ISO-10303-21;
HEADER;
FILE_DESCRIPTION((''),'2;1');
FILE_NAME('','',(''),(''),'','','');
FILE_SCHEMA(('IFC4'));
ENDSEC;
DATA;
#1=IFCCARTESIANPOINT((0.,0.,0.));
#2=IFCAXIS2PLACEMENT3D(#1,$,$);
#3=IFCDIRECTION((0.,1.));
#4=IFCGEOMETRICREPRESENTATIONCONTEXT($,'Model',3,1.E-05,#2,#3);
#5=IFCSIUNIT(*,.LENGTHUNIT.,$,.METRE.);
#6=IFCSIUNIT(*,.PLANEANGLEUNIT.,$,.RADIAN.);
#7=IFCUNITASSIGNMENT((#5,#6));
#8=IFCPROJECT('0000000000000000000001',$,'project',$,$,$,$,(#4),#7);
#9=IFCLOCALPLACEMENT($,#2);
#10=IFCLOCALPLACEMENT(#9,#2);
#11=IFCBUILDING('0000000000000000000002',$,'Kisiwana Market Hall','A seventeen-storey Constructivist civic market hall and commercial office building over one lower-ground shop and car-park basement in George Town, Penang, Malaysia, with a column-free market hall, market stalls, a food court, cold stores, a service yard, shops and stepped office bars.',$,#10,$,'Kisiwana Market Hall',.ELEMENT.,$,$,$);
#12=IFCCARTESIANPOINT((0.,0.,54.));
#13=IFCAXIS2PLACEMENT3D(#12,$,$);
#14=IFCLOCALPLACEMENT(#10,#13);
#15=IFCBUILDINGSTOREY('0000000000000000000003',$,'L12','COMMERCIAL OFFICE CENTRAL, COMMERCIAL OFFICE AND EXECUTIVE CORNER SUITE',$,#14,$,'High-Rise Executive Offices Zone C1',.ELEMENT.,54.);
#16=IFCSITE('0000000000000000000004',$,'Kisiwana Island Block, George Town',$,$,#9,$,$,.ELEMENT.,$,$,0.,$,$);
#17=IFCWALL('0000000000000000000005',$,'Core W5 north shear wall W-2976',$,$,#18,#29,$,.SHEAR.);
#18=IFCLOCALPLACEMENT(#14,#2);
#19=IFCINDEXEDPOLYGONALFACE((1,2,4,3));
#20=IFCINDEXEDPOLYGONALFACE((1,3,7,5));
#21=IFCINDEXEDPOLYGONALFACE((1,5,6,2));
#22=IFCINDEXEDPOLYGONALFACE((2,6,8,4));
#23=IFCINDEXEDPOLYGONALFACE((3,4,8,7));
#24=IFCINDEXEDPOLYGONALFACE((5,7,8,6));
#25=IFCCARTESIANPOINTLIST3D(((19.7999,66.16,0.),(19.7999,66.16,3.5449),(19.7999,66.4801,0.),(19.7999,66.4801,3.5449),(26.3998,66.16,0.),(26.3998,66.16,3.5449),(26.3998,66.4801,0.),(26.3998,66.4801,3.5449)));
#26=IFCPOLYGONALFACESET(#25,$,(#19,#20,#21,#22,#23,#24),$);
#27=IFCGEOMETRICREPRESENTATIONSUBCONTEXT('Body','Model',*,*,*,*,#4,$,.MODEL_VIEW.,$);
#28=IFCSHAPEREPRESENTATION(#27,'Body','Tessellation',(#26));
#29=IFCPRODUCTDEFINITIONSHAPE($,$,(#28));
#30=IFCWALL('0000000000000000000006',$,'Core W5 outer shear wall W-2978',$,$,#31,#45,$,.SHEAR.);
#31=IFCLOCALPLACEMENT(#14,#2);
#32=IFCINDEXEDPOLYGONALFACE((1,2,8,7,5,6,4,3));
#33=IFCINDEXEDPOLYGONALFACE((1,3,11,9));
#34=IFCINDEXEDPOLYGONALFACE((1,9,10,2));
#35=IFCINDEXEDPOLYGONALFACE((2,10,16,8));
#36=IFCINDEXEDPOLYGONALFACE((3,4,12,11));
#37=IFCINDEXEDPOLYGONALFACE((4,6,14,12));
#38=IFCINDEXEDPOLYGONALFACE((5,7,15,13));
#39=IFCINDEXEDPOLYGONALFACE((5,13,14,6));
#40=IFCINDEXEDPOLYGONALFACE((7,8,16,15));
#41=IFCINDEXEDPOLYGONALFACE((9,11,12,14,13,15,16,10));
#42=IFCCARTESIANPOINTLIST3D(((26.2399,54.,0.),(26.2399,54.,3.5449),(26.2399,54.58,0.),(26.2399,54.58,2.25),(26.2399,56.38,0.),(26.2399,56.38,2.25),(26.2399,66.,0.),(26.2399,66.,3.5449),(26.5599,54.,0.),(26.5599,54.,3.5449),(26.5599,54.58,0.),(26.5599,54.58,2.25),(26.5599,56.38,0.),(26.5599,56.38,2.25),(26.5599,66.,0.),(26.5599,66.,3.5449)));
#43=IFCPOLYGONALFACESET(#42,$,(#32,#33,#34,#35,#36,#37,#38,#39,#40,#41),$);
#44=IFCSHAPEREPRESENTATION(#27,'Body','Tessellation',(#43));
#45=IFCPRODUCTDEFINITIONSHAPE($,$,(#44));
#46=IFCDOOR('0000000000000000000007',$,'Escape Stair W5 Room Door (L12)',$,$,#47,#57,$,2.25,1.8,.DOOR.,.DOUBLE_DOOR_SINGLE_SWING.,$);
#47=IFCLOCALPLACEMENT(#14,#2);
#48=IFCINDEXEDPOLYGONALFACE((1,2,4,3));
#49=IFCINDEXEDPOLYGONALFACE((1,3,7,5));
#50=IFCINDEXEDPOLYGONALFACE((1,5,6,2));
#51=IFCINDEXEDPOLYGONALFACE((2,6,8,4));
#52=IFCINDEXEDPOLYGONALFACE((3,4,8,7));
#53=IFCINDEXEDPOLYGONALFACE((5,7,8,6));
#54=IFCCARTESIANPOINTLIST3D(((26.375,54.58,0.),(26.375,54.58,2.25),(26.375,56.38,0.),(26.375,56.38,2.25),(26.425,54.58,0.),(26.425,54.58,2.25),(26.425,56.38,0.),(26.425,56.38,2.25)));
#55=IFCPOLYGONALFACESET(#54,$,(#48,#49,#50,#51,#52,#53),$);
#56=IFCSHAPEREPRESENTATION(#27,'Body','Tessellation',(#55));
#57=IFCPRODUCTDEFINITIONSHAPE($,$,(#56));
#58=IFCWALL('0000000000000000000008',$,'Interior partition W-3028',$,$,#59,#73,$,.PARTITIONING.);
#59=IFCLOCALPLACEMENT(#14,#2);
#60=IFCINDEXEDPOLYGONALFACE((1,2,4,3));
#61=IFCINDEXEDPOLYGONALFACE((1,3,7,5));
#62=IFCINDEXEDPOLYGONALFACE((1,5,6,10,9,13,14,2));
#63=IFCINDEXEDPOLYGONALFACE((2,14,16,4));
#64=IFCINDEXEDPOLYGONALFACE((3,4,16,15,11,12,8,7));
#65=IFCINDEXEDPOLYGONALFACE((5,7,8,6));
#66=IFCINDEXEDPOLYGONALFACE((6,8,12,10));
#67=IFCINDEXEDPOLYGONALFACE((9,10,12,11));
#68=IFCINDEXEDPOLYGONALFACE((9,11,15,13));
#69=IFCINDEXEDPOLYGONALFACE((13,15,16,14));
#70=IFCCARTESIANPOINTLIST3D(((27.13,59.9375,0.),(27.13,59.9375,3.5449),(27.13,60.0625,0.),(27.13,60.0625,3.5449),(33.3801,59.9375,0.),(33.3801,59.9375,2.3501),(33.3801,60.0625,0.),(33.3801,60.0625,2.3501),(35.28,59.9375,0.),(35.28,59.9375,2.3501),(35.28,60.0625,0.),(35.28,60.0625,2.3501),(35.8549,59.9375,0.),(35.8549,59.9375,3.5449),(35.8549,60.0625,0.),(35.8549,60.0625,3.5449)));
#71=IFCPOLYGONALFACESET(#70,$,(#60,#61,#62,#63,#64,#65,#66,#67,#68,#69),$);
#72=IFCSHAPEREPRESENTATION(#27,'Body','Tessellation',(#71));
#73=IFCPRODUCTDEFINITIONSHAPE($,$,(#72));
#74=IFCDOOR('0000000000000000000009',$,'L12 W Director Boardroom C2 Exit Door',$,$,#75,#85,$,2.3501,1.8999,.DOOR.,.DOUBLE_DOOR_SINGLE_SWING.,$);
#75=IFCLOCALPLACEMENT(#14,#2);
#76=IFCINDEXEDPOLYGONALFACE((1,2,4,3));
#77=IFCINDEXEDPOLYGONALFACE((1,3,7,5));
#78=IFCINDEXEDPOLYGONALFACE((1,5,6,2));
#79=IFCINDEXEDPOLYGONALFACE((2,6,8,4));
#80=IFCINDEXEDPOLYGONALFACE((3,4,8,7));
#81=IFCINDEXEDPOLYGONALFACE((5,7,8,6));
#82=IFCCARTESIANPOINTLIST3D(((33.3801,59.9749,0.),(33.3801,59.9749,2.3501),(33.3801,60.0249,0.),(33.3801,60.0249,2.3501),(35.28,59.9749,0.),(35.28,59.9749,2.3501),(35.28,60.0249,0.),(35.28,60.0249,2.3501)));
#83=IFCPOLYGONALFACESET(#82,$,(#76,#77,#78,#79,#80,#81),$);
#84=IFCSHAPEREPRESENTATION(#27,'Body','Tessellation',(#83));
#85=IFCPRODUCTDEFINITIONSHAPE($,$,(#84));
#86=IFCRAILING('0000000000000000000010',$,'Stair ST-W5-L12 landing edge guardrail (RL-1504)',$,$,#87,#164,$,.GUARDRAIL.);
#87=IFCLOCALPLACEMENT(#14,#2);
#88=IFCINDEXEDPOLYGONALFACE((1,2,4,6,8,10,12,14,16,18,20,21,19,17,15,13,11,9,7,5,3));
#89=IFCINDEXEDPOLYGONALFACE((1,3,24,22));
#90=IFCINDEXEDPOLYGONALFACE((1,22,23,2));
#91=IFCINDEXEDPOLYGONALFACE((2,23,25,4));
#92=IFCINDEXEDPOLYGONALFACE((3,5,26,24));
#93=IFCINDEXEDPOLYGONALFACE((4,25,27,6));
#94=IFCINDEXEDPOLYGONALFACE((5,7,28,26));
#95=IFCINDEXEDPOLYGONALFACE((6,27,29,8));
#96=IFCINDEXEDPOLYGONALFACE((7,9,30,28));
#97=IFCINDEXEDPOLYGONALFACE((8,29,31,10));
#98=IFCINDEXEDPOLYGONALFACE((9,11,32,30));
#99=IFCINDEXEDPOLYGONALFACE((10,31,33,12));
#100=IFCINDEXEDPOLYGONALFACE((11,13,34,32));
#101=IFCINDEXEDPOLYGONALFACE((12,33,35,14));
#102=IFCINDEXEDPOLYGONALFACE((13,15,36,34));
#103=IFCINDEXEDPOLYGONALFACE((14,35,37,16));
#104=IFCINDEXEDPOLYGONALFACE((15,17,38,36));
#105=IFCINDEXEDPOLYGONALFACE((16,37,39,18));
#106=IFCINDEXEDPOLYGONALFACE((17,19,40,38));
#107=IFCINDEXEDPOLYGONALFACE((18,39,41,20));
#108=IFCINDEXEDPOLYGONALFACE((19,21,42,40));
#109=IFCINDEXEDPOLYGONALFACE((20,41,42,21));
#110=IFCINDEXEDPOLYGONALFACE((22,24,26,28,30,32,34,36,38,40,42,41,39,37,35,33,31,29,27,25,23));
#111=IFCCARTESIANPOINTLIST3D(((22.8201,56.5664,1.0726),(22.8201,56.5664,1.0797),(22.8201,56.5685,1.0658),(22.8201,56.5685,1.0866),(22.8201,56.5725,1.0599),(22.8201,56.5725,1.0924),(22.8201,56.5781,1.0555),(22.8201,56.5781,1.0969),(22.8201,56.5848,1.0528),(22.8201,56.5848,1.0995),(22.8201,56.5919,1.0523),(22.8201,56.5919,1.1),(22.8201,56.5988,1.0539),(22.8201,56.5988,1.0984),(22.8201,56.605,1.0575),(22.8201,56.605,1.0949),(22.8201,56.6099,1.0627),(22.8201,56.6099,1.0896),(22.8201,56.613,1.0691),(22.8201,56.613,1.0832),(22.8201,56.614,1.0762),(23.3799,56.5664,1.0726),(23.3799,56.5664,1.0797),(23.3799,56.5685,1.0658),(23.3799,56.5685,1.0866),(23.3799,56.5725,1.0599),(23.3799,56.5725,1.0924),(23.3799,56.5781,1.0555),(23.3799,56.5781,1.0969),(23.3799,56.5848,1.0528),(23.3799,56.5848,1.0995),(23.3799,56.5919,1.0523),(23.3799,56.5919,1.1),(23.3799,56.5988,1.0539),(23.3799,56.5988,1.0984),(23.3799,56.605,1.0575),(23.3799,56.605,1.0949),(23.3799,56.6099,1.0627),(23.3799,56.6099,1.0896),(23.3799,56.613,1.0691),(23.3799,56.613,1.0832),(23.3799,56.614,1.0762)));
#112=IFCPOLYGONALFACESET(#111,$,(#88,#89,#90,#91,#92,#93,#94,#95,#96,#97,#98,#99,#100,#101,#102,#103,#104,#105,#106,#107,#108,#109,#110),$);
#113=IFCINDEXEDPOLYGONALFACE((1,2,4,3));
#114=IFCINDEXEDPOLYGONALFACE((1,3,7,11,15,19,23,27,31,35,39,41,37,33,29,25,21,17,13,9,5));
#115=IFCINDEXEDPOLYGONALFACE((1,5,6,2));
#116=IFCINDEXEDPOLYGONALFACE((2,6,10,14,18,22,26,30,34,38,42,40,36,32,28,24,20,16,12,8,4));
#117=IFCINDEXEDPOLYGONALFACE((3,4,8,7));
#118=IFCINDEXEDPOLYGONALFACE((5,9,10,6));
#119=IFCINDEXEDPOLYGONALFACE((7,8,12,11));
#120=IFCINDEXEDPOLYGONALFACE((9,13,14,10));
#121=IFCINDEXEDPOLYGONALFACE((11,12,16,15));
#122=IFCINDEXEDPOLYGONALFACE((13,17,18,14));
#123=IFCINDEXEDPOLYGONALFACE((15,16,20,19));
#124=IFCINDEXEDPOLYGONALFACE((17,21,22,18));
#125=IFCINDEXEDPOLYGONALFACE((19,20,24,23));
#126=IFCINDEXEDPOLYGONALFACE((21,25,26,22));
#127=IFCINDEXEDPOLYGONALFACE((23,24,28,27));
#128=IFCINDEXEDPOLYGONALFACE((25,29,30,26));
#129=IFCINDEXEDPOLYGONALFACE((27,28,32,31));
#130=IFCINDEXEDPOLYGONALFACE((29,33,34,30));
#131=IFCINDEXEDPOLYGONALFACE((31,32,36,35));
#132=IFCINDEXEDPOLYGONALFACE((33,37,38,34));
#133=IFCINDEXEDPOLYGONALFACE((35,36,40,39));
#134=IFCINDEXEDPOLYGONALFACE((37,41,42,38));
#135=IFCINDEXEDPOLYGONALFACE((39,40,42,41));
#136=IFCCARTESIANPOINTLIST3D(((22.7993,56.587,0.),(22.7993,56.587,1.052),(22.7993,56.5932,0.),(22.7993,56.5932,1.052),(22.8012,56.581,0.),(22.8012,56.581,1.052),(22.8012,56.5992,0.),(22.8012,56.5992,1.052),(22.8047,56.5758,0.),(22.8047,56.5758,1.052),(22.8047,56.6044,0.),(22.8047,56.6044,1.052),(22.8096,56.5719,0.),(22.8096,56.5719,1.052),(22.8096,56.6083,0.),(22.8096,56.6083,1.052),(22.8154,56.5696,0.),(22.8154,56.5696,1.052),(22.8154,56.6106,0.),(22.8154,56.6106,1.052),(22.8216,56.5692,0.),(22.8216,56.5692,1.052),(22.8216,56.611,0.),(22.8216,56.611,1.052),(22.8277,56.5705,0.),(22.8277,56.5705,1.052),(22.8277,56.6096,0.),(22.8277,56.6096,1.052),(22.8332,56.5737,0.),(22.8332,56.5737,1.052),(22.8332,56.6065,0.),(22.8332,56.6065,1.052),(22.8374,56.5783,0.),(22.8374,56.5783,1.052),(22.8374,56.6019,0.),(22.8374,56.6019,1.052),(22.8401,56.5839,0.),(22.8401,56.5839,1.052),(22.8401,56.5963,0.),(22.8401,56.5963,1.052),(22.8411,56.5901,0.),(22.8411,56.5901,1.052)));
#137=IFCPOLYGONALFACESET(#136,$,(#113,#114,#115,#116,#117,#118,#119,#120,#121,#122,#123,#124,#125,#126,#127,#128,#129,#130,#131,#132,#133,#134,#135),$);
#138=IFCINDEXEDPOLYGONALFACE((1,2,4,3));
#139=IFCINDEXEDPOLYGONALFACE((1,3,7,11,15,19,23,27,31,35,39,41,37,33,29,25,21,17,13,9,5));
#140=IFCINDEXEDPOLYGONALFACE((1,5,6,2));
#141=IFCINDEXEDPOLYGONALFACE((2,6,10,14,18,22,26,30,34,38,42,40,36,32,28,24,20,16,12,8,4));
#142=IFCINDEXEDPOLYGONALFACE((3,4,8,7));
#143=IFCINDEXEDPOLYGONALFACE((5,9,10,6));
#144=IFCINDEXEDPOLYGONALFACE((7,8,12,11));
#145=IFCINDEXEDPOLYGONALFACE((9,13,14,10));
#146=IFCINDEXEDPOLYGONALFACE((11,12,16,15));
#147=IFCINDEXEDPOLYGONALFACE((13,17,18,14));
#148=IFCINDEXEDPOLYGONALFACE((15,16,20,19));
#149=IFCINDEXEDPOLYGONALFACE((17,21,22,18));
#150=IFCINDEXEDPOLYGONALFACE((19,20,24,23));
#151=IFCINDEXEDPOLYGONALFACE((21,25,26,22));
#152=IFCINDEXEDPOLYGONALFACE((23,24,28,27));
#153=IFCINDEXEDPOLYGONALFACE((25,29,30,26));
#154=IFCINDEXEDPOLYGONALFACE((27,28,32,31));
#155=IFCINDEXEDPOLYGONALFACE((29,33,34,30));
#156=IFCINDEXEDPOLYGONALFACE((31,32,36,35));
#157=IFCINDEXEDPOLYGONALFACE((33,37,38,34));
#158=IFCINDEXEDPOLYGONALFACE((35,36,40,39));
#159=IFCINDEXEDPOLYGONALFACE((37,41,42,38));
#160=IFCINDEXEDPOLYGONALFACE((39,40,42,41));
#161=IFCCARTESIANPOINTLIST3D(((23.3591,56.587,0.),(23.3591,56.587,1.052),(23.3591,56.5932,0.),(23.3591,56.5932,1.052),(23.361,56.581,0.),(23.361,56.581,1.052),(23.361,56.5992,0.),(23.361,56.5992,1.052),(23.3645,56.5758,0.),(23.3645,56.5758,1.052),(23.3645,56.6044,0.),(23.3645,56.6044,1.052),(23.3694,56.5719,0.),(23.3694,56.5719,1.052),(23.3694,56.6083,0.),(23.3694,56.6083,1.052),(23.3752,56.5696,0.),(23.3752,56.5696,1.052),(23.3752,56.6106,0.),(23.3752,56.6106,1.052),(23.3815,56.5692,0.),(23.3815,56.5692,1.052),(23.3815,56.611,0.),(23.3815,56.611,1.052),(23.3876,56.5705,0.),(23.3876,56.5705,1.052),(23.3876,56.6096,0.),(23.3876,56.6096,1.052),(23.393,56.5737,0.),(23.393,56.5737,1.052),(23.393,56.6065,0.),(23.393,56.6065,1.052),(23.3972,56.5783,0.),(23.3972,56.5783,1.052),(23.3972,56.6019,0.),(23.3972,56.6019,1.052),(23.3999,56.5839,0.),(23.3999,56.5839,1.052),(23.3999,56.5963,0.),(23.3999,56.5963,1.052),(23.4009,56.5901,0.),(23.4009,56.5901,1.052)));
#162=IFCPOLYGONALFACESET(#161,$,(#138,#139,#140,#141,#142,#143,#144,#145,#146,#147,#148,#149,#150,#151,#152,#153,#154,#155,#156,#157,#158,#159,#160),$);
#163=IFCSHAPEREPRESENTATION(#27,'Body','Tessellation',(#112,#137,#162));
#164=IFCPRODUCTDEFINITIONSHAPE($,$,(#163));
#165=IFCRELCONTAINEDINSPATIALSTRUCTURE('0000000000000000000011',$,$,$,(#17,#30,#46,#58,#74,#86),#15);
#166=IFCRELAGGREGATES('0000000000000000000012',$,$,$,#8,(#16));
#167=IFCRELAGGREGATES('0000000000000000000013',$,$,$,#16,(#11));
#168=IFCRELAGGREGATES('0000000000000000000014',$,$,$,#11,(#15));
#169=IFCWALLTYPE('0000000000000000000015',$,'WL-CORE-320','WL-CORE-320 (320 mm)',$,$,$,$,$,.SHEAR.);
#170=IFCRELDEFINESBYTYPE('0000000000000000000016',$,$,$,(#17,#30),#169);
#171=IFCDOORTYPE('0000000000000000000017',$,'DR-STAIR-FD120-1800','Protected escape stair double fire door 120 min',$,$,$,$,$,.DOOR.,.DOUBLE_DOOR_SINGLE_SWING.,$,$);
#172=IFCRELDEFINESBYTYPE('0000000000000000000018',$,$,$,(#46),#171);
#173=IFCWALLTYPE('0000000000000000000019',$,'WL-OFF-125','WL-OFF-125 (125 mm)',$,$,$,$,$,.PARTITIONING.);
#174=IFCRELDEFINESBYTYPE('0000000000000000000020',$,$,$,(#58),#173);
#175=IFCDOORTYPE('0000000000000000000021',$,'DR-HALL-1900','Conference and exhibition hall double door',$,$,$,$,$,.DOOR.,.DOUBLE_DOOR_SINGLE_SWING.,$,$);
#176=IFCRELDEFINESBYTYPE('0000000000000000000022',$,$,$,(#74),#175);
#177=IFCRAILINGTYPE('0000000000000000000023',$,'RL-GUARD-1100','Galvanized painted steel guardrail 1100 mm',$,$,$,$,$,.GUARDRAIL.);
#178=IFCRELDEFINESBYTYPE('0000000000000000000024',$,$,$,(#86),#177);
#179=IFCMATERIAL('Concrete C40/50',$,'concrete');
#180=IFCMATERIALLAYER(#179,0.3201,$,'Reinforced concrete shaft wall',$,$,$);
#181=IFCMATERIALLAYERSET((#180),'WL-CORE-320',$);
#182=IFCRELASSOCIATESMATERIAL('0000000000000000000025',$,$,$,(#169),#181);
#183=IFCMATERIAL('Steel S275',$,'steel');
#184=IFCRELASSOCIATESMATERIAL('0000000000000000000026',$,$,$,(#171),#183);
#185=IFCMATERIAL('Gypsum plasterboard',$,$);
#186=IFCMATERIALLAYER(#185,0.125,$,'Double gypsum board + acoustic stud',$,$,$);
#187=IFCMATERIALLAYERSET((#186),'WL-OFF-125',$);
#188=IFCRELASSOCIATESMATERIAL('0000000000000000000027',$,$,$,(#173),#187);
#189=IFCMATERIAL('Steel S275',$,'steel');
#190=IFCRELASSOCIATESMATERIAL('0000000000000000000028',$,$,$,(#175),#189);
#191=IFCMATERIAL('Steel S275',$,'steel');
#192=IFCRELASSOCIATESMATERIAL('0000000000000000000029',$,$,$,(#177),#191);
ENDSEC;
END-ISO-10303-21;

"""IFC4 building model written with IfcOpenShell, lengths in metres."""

from ifc_helpers import new_model, si_unit, direction, frame, frame_2d, origin, origin_2d, place, context, subcontext, project, spatial, rectangle, circle, extrude, material, layer, layer_set, type_object, element, fill, save


model = new_model("IFC4")

# Units and contexts
model_context = context("Model", 3, precision=1e-05, world=origin(), true_north=direction((0.0, 1.0)))
body_context = subcontext(model_context, "Body", "Model", "MODEL_VIEW")
ifc_project = project(units=[si_unit("LENGTHUNIT", "METRE"), si_unit("PLANEANGLEUNIT", "RADIAN")], contexts=[model_context])

# Site, building, storey
site_placement = place(None, origin())
site = spatial("IfcSite", under=ifc_project, at=site_placement, Name="Kisiwana Island Block, George Town", CompositionType="ELEMENT", RefElevation=0.0)
building_placement = place(site_placement, origin())
building = spatial("IfcBuilding", under=site, at=building_placement, Name="Kisiwana Market Hall", Description="A seventeen-storey Constructivist civic market hall and commercial office building over one lower-ground shop and car-park basement in George Town, Penang, Malaysia, with a column-free market hall, market stalls, a food court, cold stores, a service yard, shops and stepped office bars.", LongName="Kisiwana Market Hall", CompositionType="ELEMENT")
storey_placement = place(building_placement, frame((0.0, 0.0, 54.0)))
storey = spatial("IfcBuildingStorey", under=building, at=storey_placement, Name="L12", Description="COMMERCIAL OFFICE CENTRAL, COMMERCIAL OFFICE AND EXECUTIVE CORNER SUITE", LongName="High-Rise Executive Offices Zone C1", CompositionType="ELEMENT", Elevation=54.0)

# Shared definitions
ifc_material_1 = material(Name="Concrete C40/50", Category="concrete")
ifc_layer_1 = layer(ifc_material_1, 0.3201, Name="Reinforced concrete shaft wall")
ifc_layer_set_1 = layer_set([ifc_layer_1], Name="WL-CORE-320")
wall_type_1 = type_object("IfcWallType", Name="WL-CORE-320", Description="WL-CORE-320 (320 mm)", PredefinedType="SHEAR", material=ifc_layer_set_1)

# Wall
wall_1_placement = place(storey_placement, frame((19.8, 66.3201, 0.0), z_axis=(0.0, 0.0, 1.0), x_axis=(1.0, 0.0, 0.0)))
element("IfcWall", 1, at=wall_1_placement, inside=storey, type_object=wall_type_1, Name="Core W5 north shear wall W-2976", PredefinedType="SHEAR", context=body_context, shape_type="SweptSolid", body=[
    extrude(rectangle(XDim=6.5999, YDim=0.3201, at=frame_2d((3.2998, 0.0))), origin(), (0.0, 0.0, 1.0), 3.5449),
])

# Walls, openings, doors
wall_2_placement = place(storey_placement, frame((26.3999, 54.0, 0.0), z_axis=(0.0, 0.0, 1.0), x_axis=(0.0, 1.0, 0.0)))
wall_2 = element("IfcWall", 2, at=wall_2_placement, inside=storey, type_object=wall_type_1, Name="Core W5 outer shear wall W-2978", PredefinedType="SHEAR", context=body_context, shape_type="SweptSolid", body=[
    extrude(rectangle(XDim=12.0, YDim=0.3201, at=frame_2d((6.0, 0.0))), origin(), (0.0, 0.0, 1.0), 3.5449),
])
opening_1_placement = place(wall_2_placement, frame((0.5801, 0.0, 0.0)))
opening_1 = element("IfcOpeningElement", 3, at=opening_1_placement, cuts=wall_2, PredefinedType="OPENING", context=body_context, shape_type="SweptSolid", body=[
    extrude(rectangle(XDim=1.8, YDim=2.25, at=frame_2d((0.8999, 1.125))), frame((0.0, 0.1719, 0.0), z_axis=(0.0, -1.0, 0.0), x_axis=(1.0, 0.0, 0.0)), (0.0, 0.0, 1.0), 0.344),
])
ifc_material_2 = material(Name="Steel S275", Category="steel")
door_type_1 = type_object("IfcDoorType", Name="DR-STAIR-FD120-1800", Description="Protected escape stair double fire door 120 min", OperationType="DOUBLE_DOOR_SINGLE_SWING", PredefinedType="DOOR", material=ifc_material_2)
door_1_placement = place(opening_1_placement, origin())
door_1 = element("IfcDoor", 4, at=door_1_placement, inside=storey, type_object=door_type_1, Name="Escape Stair W5 Room Door (L12)", OperationType="DOUBLE_DOOR_SINGLE_SWING", OverallHeight=2.25, OverallWidth=1.8, PredefinedType="DOOR", context=body_context, shape_type="SweptSolid", body=[
    extrude(rectangle(XDim=1.8, YDim=2.25, at=frame_2d((0.8999, 1.125))), frame((0.0, 0.0249, 0.0), z_axis=(0.0, -1.0, 0.0), x_axis=(1.0, 0.0, 0.0)), (0.0, 0.0, 1.0), 0.05),
])
fill(opening_1, door_1)
ifc_material_3 = material(Name="Gypsum plasterboard")
ifc_layer_2 = layer(ifc_material_3, 0.125, Name="Double gypsum board + acoustic stud")
ifc_layer_set_2 = layer_set([ifc_layer_2], Name="WL-OFF-125")
wall_type_2 = type_object("IfcWallType", Name="WL-OFF-125", Description="WL-OFF-125 (125 mm)", PredefinedType="PARTITIONING", material=ifc_layer_set_2)
wall_3_placement = place(storey_placement, frame((27.1301, 60.0, 0.0), z_axis=(0.0, 0.0, 1.0), x_axis=(1.0, 0.0, 0.0)))
wall_3 = element("IfcWall", 5, at=wall_3_placement, inside=storey, type_object=wall_type_2, Name="Interior partition W-3028", PredefinedType="PARTITIONING", context=body_context, shape_type="SweptSolid", body=[
    extrude(rectangle(XDim=8.7249, YDim=0.125, at=frame_2d((4.3623, 0.0))), origin(), (0.0, 0.0, 1.0), 3.5449),
])
opening_2_placement = place(wall_3_placement, frame((6.25, 0.0, 0.0)))
opening_2 = element("IfcOpeningElement", 6, at=opening_2_placement, cuts=wall_3, PredefinedType="OPENING", context=body_context, shape_type="SweptSolid", body=[
    extrude(rectangle(XDim=1.8999, YDim=2.3501, at=frame_2d((0.95, 1.175))), frame((0.0, 0.0745, 0.0), z_axis=(0.0, -1.0, 0.0), x_axis=(1.0, 0.0, 0.0)), (0.0, 0.0, 1.0), 0.1489),
])
ifc_material_4 = material(Name="Steel S275", Category="steel")
door_type_2 = type_object("IfcDoorType", Name="DR-HALL-1900", Description="Conference and exhibition hall double door", OperationType="DOUBLE_DOOR_SINGLE_SWING", PredefinedType="DOOR", material=ifc_material_4)
door_2_placement = place(opening_2_placement, origin())
door_2 = element("IfcDoor", 7, at=door_2_placement, inside=storey, type_object=door_type_2, Name="L12 W Director Boardroom C2 Exit Door", OperationType="DOUBLE_DOOR_SINGLE_SWING", OverallHeight=2.3501, OverallWidth=1.8999, PredefinedType="DOOR", context=body_context, shape_type="SweptSolid", body=[
    extrude(rectangle(XDim=1.8999, YDim=2.3501, at=frame_2d((0.95, 1.175))), frame((0.0, 0.0249, 0.0), z_axis=(0.0, -1.0, 0.0), x_axis=(1.0, 0.0, 0.0)), (0.0, 0.0, 1.0), 0.05),
])
fill(opening_2, door_2)

# Railing
ifc_material_5 = material(Name="Steel S275", Category="steel")
railing_type_1 = type_object("IfcRailingType", Name="RL-GUARD-1100", Description="Galvanized painted steel guardrail 1100 mm", PredefinedType="GUARDRAIL", material=ifc_material_5)
railing_1_placement = place(storey_placement, frame((22.8201, 56.5901, 0.0)))
element("IfcRailing", 8, at=railing_1_placement, inside=storey, type_object=railing_type_1, Name="Stair ST-W5-L12 landing edge guardrail (RL-1504)", PredefinedType="GUARDRAIL", context=body_context, shape_type="SweptSolid", body=[
    extrude(circle(Radius=0.0239, at=origin_2d()), frame((0.0, 0.0, 1.0762), z_axis=(1.0, 0.0, 0.0), x_axis=(0.0, 1.0, 0.0)), (0.0, 0.0, 1.0), 0.5598),
    extrude(circle(Radius=0.021, at=origin_2d()), origin(), (0.0, 0.0, 1.0), 1.052),
    extrude(circle(Radius=0.021, at=origin_2d()), frame((0.5598, 0.0, 0.0)), (0.0, 0.0, 1.0), 1.052),
])

save(model, "model.ifc")
